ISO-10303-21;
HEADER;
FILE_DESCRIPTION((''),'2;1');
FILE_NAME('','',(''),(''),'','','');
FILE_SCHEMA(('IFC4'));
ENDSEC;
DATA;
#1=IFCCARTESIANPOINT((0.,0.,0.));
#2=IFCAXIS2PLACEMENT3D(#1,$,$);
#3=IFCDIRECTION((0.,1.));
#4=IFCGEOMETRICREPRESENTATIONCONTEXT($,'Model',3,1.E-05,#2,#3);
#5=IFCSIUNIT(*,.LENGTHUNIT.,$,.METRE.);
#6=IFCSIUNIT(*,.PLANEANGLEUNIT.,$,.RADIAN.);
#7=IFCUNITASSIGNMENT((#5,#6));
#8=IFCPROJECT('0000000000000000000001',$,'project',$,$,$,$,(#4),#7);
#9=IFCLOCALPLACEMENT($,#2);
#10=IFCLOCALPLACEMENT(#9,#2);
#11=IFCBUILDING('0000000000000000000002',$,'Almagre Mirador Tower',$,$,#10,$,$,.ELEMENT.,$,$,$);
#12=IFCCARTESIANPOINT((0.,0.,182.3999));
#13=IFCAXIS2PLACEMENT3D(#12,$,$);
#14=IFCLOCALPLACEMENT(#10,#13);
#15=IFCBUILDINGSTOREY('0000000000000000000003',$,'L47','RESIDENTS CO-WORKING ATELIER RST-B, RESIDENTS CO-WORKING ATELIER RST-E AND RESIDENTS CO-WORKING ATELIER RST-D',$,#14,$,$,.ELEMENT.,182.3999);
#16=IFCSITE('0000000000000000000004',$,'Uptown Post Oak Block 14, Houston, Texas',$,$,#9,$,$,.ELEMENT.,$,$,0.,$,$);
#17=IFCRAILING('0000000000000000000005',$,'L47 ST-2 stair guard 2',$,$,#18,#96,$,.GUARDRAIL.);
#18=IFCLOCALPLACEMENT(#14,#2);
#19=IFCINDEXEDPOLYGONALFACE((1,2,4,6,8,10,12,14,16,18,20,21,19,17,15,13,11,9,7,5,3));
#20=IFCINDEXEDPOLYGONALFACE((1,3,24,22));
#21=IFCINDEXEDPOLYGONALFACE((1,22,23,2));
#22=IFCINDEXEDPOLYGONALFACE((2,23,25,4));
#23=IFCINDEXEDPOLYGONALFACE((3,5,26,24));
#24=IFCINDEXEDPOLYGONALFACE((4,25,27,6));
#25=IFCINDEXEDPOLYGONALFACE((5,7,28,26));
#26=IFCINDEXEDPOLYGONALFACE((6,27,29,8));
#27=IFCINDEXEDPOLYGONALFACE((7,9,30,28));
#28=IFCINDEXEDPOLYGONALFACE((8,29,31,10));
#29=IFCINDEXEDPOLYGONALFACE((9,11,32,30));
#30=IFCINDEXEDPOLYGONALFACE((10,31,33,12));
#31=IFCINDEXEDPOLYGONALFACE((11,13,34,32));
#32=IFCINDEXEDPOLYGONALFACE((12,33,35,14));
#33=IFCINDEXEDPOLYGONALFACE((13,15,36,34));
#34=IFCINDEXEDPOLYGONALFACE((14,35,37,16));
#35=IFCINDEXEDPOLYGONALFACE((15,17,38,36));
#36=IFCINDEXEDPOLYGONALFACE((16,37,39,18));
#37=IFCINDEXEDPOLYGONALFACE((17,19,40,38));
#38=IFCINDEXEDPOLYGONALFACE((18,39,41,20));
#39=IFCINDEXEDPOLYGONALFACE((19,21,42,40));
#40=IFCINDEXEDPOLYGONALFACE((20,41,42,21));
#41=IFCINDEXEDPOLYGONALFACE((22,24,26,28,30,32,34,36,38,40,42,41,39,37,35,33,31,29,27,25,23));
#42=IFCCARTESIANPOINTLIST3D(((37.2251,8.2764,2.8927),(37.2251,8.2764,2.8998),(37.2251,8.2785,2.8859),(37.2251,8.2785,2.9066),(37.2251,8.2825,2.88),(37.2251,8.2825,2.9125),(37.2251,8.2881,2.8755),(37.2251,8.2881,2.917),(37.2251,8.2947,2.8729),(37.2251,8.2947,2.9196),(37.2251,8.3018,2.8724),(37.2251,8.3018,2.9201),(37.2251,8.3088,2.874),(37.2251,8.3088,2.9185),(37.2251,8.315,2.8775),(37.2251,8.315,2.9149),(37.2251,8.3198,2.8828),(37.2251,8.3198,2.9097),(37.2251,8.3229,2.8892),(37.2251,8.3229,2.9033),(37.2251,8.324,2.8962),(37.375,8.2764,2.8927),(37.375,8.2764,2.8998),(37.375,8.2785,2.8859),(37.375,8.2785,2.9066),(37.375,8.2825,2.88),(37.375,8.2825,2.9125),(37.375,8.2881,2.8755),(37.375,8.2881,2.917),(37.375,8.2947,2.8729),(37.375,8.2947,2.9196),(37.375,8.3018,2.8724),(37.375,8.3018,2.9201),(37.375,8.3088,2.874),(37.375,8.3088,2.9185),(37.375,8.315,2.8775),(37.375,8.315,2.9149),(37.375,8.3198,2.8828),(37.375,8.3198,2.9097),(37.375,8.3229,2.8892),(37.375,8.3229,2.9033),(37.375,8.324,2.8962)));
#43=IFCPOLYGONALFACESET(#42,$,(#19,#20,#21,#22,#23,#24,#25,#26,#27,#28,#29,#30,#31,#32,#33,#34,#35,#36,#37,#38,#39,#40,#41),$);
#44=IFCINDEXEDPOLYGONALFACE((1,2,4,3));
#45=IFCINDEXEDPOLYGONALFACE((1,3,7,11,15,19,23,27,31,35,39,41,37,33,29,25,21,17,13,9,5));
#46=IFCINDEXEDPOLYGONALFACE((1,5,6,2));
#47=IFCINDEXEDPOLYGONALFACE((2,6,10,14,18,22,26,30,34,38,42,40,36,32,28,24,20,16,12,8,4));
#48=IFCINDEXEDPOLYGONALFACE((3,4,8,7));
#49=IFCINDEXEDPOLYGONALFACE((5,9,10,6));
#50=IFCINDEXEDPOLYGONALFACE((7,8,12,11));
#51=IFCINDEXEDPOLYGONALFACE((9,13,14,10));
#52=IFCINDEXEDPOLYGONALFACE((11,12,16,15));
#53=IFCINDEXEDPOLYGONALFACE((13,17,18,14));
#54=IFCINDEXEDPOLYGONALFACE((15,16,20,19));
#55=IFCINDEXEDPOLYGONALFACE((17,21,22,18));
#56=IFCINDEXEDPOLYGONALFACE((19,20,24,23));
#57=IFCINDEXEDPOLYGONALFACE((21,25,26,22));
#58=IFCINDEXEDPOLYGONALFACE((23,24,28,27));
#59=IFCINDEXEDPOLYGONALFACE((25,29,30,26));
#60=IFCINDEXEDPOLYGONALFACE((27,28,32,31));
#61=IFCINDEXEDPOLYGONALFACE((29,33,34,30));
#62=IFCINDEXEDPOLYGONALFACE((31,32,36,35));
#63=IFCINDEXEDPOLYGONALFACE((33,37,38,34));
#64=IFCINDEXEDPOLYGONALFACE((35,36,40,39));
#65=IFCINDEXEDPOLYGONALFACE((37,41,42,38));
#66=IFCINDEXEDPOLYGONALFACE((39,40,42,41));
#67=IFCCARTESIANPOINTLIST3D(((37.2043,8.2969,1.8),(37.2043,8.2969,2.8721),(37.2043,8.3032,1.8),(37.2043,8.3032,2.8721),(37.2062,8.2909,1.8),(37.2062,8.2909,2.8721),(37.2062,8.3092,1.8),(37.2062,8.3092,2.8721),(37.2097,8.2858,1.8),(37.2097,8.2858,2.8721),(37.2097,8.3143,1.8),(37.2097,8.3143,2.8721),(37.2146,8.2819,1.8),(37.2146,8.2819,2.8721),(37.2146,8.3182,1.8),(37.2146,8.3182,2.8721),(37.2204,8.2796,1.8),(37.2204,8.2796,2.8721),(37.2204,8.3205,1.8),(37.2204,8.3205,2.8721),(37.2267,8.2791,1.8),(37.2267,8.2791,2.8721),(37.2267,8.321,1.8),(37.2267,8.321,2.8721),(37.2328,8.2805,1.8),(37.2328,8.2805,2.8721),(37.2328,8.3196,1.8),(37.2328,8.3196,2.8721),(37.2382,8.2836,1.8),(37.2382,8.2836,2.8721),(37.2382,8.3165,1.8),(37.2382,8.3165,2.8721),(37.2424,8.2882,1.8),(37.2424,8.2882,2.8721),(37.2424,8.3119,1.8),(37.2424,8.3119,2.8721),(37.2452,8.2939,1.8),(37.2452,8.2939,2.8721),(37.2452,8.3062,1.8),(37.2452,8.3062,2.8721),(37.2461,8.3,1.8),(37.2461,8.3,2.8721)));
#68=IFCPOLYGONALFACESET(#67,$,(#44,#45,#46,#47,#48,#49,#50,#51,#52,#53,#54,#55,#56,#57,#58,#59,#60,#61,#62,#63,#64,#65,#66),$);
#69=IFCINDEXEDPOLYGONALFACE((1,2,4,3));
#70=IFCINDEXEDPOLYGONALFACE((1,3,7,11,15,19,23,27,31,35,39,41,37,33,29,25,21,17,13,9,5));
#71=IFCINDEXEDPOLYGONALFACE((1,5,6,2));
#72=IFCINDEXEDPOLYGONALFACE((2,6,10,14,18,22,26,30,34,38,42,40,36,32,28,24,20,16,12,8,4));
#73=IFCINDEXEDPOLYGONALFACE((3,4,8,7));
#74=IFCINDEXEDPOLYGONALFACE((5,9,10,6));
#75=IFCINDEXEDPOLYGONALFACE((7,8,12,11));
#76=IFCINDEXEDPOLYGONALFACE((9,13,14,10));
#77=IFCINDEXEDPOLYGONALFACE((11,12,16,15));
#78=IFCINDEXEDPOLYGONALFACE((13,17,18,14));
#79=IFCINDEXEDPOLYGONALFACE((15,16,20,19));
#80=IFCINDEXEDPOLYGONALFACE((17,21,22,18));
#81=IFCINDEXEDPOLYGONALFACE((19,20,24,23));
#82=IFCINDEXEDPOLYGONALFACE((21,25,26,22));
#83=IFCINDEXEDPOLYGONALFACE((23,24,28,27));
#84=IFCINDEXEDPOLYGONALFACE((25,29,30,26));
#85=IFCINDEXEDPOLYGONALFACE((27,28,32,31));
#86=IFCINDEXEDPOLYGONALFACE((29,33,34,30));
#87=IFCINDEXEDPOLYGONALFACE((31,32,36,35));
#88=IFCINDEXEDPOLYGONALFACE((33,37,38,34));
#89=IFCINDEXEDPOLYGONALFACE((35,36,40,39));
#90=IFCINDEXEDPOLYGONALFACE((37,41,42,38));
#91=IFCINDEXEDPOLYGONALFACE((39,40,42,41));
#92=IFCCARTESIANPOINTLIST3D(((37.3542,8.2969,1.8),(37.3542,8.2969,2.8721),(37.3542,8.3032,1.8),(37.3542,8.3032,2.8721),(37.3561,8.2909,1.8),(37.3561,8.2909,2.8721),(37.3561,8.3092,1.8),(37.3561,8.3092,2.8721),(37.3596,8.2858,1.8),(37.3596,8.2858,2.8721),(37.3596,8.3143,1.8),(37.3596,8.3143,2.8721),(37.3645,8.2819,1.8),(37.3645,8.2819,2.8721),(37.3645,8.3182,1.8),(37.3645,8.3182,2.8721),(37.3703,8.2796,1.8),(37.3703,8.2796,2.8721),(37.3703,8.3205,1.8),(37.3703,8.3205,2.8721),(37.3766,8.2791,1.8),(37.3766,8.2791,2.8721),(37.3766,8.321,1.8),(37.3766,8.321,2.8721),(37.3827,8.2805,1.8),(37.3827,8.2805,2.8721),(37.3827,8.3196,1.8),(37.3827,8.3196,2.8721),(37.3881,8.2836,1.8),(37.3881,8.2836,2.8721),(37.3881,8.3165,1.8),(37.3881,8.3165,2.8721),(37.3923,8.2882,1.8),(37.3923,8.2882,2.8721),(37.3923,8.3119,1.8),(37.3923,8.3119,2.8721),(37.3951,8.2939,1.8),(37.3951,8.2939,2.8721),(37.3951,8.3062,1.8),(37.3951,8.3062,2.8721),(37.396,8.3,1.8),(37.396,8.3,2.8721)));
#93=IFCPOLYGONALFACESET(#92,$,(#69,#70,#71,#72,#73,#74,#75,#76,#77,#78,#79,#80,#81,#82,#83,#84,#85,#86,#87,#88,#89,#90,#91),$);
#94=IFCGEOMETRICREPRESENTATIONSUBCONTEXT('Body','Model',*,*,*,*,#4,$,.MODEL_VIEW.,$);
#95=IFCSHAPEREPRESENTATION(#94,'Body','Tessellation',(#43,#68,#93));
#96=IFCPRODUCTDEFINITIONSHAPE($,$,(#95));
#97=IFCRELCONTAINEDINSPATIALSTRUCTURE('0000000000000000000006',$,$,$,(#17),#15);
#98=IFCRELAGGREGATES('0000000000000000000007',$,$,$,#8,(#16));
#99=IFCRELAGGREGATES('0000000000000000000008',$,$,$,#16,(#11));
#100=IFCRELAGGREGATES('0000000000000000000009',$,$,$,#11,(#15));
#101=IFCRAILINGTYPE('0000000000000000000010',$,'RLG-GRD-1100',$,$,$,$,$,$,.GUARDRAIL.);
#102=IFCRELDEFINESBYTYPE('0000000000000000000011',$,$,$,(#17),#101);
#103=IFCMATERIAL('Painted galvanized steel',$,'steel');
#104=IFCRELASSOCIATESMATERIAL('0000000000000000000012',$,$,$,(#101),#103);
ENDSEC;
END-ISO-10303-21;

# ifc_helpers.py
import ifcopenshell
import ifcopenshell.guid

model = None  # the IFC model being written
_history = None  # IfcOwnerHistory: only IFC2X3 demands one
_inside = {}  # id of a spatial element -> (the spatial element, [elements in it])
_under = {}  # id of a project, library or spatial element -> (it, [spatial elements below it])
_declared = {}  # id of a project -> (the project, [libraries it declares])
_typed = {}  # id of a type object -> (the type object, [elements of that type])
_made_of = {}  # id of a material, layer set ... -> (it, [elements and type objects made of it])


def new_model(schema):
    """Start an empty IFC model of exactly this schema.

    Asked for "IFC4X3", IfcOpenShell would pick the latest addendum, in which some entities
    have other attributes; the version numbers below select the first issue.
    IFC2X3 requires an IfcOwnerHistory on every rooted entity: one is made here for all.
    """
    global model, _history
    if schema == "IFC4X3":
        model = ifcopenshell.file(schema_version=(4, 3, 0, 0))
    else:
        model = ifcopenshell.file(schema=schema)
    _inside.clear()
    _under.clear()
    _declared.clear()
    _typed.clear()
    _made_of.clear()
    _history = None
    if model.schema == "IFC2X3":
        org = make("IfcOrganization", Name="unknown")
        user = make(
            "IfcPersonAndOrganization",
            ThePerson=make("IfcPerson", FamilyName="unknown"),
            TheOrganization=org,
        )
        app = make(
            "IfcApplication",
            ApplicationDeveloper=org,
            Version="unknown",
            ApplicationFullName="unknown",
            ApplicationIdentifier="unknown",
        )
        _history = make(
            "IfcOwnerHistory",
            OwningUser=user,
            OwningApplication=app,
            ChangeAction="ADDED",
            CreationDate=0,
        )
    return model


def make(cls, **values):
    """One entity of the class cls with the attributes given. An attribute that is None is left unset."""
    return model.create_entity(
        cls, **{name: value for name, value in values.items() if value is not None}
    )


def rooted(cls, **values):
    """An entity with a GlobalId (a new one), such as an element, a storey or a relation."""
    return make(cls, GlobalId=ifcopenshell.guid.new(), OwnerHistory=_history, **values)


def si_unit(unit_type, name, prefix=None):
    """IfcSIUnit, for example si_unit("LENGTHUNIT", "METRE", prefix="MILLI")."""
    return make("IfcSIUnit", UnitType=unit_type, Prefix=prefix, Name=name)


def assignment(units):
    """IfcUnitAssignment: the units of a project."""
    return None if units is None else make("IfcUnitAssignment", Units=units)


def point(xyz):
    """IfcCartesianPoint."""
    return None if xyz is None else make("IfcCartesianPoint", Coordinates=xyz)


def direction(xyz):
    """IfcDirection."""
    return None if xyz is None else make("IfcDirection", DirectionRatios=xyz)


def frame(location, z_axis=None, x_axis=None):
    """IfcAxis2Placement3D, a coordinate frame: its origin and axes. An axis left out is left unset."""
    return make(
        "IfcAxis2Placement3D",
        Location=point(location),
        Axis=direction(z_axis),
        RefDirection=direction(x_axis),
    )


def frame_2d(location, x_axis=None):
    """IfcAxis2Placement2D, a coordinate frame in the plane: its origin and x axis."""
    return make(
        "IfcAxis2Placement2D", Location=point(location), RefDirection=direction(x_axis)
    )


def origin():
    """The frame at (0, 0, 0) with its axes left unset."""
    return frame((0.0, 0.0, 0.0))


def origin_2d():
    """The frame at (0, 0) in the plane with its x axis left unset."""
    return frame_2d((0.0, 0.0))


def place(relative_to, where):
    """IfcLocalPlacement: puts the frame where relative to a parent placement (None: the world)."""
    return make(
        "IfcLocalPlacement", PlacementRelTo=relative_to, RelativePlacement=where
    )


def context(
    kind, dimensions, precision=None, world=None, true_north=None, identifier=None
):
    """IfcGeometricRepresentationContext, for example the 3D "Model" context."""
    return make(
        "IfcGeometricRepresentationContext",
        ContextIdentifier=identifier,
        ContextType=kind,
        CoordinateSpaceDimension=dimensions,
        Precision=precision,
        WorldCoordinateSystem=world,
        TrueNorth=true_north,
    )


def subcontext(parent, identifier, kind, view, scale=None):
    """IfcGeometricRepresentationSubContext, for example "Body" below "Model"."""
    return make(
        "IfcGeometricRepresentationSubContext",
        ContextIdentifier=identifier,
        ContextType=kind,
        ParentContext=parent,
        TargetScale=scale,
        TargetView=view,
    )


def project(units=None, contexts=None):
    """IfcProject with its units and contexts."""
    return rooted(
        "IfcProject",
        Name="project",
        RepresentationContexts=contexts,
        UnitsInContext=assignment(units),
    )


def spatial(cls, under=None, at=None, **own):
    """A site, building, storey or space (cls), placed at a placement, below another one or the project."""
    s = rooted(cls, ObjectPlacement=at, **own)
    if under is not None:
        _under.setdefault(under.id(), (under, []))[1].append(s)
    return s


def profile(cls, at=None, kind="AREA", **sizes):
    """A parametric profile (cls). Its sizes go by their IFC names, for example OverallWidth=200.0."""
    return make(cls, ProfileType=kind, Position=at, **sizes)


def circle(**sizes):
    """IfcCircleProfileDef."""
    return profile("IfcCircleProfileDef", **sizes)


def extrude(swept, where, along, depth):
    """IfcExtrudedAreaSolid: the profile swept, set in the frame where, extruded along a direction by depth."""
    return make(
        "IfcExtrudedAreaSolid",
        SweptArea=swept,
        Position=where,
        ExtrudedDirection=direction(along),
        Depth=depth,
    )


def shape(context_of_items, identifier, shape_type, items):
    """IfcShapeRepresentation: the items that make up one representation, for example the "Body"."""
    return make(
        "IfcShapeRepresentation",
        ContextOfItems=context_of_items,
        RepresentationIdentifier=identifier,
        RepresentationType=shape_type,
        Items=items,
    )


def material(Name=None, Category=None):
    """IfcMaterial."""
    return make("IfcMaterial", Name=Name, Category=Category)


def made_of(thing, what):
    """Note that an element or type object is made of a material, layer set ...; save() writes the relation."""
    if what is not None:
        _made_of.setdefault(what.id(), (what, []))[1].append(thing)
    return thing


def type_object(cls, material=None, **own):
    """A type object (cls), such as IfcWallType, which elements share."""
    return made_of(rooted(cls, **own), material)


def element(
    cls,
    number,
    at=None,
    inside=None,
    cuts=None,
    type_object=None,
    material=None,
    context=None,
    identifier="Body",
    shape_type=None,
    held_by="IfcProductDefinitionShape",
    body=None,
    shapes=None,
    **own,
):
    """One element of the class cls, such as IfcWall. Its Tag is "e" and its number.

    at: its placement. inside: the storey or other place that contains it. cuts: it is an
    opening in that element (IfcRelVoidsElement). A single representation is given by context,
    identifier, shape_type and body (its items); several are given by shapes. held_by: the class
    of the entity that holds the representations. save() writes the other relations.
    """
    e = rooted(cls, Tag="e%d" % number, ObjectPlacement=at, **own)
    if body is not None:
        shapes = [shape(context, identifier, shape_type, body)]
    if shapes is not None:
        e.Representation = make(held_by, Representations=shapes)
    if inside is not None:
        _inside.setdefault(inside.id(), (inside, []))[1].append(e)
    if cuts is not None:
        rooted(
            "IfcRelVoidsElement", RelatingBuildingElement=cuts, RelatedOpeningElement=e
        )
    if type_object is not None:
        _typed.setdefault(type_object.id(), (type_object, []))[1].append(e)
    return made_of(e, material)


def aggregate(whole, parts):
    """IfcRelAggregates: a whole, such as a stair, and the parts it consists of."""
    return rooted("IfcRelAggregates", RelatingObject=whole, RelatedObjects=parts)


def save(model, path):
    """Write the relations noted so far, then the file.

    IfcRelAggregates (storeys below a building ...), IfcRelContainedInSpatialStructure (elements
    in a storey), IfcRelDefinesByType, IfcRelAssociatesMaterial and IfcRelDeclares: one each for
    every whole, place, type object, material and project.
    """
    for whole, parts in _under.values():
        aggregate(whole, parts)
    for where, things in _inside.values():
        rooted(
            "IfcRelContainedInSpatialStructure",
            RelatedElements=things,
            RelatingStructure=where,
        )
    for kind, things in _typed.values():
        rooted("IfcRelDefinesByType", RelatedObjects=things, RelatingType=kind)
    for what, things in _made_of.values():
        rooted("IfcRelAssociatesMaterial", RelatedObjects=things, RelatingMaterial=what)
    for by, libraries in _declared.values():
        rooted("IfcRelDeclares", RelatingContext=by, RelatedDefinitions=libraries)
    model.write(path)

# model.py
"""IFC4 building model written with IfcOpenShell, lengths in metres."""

from ifc_helpers import new_model, si_unit, direction, frame, origin, origin_2d, place, context, subcontext, project, spatial, circle, extrude, material, type_object, element, save


model = new_model("IFC4")

# Units and contexts
model_context = context("Model", 3, precision=1e-05, world=origin(), true_north=direction((0.0, 1.0)))
body_context = subcontext(model_context, "Body", "Model", "MODEL_VIEW")
ifc_project = project(units=[si_unit("LENGTHUNIT", "METRE"), si_unit("PLANEANGLEUNIT", "RADIAN")], contexts=[model_context])

# Site, building, storey
site_placement = place(None, origin())
site = spatial("IfcSite", under=ifc_project, at=site_placement, Name="Uptown Post Oak Block 14, Houston, Texas", CompositionType="ELEMENT", RefElevation=0.0)
building_placement = place(site_placement, origin())
building = spatial("IfcBuilding", under=site, at=building_placement, Name="Almagre Mirador Tower", CompositionType="ELEMENT")
storey_placement = place(building_placement, frame((0.0, 0.0, 182.3999)))
storey = spatial("IfcBuildingStorey", under=building, at=storey_placement, Name="L47", Description="RESIDENTS CO-WORKING ATELIER RST-B, RESIDENTS CO-WORKING ATELIER RST-E AND RESIDENTS CO-WORKING ATELIER RST-D", CompositionType="ELEMENT", Elevation=182.3999)

# Railing
ifc_material_1 = material(Name="Painted galvanized steel", Category="steel")
railing_type_1 = type_object("IfcRailingType", Name="RLG-GRD-1100", PredefinedType="GUARDRAIL", material=ifc_material_1)
railing_1_placement = place(storey_placement, frame((37.2251, 8.3, 1.8)))
element("IfcRailing", 1, at=railing_1_placement, inside=storey, type_object=railing_type_1, Name="L47 ST-2 stair guard 2", PredefinedType="GUARDRAIL", context=body_context, shape_type="SweptSolid", body=[
    extrude(circle(Radius=0.0239, at=origin_2d()), frame((0.0, 0.0, 1.0962), z_axis=(1.0, 0.0, 0.0), x_axis=(0.0, 1.0, 0.0)), (0.0, 0.0, 1.0), 0.1499),
    extrude(circle(Radius=0.021, at=origin_2d()), origin(), (0.0, 0.0, 1.0), 1.072),
    extrude(circle(Radius=0.021, at=origin_2d()), frame((0.1499, 0.0, 0.0)), (0.0, 0.0, 1.0), 1.072),
])

save(model, "model.ifc")
